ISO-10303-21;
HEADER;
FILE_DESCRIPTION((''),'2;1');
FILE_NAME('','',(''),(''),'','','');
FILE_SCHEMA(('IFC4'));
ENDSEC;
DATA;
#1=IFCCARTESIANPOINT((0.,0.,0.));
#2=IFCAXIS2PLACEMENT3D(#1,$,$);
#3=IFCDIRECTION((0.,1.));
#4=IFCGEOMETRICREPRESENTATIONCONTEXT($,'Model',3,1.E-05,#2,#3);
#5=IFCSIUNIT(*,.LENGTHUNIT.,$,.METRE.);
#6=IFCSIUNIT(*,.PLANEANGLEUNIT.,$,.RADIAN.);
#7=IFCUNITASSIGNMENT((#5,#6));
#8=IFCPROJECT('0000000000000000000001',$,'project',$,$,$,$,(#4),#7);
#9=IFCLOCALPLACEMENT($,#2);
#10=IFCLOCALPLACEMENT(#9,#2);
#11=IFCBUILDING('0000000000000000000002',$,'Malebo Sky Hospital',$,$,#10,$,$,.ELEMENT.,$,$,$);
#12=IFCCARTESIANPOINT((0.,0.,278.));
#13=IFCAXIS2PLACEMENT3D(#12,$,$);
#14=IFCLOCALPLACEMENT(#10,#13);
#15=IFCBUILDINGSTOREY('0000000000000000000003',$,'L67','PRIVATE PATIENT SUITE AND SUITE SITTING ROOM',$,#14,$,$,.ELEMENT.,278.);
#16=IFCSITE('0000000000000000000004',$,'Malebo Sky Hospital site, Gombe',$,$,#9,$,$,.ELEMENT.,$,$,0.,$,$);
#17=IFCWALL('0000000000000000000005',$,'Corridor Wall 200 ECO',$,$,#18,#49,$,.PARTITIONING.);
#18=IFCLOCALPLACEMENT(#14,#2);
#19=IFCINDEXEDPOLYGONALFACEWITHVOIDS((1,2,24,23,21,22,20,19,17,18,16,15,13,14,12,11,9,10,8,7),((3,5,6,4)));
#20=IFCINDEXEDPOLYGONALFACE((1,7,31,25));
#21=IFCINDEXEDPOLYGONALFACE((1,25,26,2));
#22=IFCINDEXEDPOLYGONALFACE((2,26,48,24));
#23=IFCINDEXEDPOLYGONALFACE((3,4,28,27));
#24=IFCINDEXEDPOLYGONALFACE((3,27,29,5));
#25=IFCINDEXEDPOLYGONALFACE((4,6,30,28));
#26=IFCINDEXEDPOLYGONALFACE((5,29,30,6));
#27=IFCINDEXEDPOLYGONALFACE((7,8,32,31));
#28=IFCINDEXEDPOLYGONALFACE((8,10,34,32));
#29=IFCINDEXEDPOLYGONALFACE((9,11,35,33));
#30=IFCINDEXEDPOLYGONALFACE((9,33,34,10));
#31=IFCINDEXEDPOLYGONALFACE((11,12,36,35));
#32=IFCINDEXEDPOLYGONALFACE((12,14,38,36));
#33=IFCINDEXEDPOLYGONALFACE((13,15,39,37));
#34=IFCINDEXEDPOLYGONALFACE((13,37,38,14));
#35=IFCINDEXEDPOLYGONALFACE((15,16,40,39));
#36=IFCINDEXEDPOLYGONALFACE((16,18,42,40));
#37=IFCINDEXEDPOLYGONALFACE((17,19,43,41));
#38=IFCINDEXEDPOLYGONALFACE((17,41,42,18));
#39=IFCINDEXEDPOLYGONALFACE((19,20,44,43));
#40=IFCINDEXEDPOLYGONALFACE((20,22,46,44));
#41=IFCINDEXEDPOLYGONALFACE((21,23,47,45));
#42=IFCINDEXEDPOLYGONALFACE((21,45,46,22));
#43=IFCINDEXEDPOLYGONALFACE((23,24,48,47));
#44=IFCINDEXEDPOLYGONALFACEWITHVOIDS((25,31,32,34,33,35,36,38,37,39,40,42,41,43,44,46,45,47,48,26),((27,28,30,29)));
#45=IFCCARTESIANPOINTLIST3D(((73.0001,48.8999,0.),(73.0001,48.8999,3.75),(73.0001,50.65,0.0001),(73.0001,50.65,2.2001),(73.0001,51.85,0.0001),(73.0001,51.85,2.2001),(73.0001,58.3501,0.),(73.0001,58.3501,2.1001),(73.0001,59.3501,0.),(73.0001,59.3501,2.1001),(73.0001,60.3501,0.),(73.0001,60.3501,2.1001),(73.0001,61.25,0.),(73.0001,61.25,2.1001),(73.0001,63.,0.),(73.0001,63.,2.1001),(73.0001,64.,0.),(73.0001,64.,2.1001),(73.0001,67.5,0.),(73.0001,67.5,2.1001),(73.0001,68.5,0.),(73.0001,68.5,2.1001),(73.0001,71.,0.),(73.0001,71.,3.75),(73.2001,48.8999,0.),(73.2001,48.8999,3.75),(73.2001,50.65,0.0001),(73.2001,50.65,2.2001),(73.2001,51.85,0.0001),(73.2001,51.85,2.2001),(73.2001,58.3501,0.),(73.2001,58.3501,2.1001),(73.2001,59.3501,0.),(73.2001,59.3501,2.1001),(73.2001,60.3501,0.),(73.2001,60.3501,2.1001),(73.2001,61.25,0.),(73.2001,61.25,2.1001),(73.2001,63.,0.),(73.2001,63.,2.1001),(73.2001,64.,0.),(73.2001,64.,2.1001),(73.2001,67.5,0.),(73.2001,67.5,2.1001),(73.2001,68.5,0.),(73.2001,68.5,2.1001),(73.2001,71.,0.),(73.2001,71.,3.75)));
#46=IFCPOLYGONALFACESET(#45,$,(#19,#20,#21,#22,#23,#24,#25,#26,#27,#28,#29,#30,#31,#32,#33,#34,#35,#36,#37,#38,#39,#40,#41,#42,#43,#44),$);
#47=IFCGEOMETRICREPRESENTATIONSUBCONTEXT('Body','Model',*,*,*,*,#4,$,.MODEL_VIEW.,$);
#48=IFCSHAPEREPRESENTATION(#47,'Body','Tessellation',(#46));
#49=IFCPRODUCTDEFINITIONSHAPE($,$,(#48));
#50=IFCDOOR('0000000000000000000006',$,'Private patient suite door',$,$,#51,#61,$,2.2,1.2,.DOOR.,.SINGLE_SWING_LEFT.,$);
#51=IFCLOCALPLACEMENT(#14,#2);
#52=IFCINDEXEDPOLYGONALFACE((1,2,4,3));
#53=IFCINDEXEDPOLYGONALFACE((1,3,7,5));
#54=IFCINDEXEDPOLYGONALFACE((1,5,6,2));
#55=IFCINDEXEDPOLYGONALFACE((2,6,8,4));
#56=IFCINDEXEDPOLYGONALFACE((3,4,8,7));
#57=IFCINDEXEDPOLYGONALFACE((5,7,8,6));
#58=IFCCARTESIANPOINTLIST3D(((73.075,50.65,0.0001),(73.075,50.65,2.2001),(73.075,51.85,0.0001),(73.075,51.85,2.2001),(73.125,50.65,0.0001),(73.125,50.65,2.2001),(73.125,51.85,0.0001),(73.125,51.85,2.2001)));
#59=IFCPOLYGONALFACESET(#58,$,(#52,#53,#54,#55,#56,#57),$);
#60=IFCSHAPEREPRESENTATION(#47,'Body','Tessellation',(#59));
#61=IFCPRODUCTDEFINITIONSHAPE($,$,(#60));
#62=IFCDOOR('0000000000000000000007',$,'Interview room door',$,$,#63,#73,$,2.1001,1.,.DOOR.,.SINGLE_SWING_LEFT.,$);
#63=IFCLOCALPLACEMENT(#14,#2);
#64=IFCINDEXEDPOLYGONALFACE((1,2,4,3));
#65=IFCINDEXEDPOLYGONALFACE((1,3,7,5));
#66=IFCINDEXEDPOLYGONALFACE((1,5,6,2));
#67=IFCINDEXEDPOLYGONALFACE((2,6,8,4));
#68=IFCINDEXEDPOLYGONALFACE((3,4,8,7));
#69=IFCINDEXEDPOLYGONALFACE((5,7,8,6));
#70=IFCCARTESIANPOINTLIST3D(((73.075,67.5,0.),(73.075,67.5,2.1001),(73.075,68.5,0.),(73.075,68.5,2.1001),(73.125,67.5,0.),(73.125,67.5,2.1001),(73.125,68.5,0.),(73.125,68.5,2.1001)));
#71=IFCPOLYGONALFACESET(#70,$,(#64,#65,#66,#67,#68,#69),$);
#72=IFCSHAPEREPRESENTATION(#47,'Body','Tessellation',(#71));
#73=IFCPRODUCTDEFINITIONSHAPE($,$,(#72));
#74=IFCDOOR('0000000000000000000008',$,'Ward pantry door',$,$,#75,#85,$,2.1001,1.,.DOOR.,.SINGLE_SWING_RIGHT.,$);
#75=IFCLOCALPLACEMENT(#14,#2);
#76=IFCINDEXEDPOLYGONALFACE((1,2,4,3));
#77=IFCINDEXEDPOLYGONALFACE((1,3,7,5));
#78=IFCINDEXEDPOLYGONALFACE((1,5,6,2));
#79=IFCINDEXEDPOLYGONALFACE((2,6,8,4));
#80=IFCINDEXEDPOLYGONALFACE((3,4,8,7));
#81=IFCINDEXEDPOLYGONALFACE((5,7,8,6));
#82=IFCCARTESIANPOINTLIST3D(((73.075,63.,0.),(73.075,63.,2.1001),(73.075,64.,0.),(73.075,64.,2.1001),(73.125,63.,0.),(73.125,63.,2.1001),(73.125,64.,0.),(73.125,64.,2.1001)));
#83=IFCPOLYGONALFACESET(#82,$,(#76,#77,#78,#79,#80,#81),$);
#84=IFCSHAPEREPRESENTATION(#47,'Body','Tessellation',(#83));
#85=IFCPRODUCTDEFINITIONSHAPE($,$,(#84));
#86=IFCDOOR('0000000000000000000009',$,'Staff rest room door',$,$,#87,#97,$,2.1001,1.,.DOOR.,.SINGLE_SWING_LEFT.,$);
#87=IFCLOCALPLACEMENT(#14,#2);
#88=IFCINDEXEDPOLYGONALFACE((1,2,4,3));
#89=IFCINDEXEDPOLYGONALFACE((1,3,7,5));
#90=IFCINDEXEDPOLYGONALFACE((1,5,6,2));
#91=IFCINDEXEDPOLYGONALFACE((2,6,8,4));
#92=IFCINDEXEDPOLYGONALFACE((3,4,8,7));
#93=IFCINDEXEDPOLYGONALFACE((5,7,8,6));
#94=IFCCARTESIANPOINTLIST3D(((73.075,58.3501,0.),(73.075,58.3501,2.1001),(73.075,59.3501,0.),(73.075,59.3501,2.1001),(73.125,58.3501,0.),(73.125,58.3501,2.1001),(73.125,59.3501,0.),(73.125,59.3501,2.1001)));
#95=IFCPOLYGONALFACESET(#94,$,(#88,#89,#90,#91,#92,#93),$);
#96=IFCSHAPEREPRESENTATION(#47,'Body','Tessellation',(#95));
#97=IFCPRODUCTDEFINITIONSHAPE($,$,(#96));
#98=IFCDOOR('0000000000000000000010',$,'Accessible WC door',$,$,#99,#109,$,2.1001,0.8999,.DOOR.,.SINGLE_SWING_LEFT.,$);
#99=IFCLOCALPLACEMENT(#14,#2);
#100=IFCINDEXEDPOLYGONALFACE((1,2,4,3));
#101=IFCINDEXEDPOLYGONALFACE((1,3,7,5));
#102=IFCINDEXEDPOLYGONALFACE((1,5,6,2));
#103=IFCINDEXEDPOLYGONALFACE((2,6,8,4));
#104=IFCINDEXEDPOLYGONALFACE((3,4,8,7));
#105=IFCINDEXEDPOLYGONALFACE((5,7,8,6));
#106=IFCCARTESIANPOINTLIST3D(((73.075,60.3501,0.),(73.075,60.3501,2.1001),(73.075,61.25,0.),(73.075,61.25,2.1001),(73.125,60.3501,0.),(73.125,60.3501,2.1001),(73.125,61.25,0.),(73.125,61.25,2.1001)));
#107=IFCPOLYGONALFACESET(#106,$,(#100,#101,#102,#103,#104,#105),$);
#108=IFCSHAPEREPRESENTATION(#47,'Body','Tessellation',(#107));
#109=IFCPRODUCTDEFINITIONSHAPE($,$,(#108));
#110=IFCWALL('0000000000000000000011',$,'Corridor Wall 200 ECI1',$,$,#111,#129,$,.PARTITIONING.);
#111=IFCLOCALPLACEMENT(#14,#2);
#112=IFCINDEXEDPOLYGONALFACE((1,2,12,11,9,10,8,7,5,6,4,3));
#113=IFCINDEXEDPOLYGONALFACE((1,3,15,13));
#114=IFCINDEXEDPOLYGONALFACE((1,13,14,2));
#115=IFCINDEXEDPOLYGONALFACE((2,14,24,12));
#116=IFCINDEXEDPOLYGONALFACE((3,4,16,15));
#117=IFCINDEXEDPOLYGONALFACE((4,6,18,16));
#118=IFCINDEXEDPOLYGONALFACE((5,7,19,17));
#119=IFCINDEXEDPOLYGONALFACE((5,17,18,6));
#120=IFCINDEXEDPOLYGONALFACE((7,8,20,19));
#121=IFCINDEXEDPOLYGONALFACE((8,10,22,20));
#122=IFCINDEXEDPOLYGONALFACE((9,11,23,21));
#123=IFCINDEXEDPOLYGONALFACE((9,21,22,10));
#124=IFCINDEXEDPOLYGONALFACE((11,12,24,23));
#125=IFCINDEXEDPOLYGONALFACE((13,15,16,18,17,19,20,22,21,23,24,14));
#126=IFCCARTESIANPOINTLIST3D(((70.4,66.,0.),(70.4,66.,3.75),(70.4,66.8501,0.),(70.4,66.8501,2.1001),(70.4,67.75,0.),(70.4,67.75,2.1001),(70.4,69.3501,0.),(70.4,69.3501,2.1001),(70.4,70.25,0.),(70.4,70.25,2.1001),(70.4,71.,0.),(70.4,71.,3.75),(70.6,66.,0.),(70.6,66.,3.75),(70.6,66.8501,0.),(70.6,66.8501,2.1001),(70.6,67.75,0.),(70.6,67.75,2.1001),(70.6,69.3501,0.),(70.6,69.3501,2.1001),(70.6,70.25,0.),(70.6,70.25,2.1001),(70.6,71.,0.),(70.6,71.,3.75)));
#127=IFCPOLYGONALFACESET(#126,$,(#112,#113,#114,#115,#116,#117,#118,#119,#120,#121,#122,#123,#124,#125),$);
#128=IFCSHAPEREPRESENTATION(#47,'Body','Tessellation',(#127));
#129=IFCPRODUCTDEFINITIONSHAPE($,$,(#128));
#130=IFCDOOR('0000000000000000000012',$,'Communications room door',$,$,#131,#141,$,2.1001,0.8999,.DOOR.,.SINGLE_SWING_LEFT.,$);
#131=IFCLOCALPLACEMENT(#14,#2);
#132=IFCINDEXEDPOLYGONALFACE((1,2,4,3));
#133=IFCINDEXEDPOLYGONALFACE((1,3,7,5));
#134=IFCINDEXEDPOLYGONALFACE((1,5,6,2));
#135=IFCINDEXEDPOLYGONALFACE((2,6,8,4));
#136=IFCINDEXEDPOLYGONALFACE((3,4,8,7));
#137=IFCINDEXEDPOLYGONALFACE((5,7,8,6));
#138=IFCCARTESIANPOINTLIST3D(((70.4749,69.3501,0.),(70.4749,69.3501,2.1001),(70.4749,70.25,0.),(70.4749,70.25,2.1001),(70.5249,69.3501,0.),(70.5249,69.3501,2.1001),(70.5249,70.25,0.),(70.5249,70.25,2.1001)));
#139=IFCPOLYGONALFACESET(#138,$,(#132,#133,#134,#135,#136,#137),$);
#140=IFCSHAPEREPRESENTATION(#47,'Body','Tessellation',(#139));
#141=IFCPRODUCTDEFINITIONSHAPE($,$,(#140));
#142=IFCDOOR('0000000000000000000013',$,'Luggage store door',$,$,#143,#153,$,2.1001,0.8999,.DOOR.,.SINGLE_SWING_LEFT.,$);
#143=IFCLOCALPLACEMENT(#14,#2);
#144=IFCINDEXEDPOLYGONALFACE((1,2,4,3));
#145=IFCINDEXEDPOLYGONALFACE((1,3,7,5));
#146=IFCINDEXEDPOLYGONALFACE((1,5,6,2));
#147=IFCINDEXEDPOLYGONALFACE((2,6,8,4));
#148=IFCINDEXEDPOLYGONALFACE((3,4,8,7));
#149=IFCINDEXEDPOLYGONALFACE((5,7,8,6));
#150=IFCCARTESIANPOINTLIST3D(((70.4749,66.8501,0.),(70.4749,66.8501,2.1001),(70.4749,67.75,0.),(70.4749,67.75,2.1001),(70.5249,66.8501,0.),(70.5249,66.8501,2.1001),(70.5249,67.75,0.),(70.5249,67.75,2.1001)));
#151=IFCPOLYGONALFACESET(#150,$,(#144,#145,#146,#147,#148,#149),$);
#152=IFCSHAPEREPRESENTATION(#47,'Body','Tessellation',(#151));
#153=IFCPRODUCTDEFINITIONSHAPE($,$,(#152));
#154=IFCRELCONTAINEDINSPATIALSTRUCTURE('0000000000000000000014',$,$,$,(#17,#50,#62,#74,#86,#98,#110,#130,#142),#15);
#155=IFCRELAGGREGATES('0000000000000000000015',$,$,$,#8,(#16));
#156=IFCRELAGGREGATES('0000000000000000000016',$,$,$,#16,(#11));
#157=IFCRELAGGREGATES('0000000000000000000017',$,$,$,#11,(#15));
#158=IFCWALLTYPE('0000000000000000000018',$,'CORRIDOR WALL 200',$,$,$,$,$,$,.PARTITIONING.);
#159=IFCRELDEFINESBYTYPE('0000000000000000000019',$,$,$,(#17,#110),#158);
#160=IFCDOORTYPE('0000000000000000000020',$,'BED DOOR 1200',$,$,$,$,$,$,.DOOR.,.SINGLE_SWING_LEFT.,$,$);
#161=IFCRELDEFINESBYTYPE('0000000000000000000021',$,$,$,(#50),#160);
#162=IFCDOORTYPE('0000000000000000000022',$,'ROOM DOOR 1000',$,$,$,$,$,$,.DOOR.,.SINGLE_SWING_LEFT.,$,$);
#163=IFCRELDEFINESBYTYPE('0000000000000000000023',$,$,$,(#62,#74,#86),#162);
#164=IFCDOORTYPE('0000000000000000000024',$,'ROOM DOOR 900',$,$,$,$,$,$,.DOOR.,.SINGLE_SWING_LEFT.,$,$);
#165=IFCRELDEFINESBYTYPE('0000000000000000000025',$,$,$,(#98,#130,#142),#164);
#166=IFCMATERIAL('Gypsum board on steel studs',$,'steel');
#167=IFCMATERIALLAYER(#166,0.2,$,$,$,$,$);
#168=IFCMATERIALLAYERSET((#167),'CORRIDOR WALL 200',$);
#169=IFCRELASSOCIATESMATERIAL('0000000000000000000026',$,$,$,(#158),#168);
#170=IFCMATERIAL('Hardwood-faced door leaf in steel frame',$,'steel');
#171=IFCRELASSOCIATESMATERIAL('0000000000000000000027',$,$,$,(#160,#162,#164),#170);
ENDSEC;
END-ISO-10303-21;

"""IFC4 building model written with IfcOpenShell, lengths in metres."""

from ifc_helpers import new_model, si_unit, direction, frame, frame_2d, origin, place, context, subcontext, project, spatial, rectangle, extrude, material, layer, layer_set, type_object, element, fill, save


model = new_model("IFC4")

# Units and contexts
model_context = context("Model", 3, precision=1e-05, world=origin(), true_north=direction((0.0, 1.0)))
body_context = subcontext(model_context, "Body", "Model", "MODEL_VIEW")
ifc_project = project(units=[si_unit("LENGTHUNIT", "METRE"), si_unit("PLANEANGLEUNIT", "RADIAN")], contexts=[model_context])

# Site, building, storey
site_placement = place(None, origin())
site = spatial("IfcSite", under=ifc_project, at=site_placement, Name="Malebo Sky Hospital site, Gombe", CompositionType="ELEMENT", RefElevation=0.0)
building_placement = place(site_placement, origin())
building = spatial("IfcBuilding", under=site, at=building_placement, Name="Malebo Sky Hospital", CompositionType="ELEMENT")
storey_placement = place(building_placement, frame((0.0, 0.0, 278.0)))
storey = spatial("IfcBuildingStorey", under=building, at=storey_placement, Name="L67", Description="PRIVATE PATIENT SUITE AND SUITE SITTING ROOM", CompositionType="ELEMENT", Elevation=278.0)

# Walls, openings, doors
ifc_material_1 = material(Name="Gypsum board on steel studs", Category="steel")
ifc_layer_1 = layer(ifc_material_1, 0.2)
ifc_layer_set_1 = layer_set([ifc_layer_1], Name="CORRIDOR WALL 200")
wall_type_1 = type_object("IfcWallType", Name="CORRIDOR WALL 200", PredefinedType="PARTITIONING", material=ifc_layer_set_1)
wall_1_placement = place(storey_placement, frame((73.1001, 71.0, 0.0), z_axis=(0.0, 0.0, 1.0), x_axis=(0.0, -1.0, 0.0)))
wall_1 = element("IfcWall", 1, at=wall_1_placement, inside=storey, type_object=wall_type_1, Name="Corridor Wall 200 ECO", PredefinedType="PARTITIONING", context=body_context, shape_type="SweptSolid", body=[
    extrude(rectangle(XDim=22.1001, YDim=0.2, at=frame_2d((11.05, 0.0))), origin(), (0.0, 0.0, 1.0), 3.75),
])
opening_1_placement = place(wall_1_placement, frame((2.5, 0.0, 0.0)))
opening_1 = element("IfcOpeningElement", 2, at=opening_1_placement, cuts=wall_1, PredefinedType="OPENING", context=body_context, shape_type="SweptSolid", body=[
    extrude(rectangle(XDim=1.0, YDim=2.1001, at=frame_2d((0.5, 1.05))), frame((0.0, 0.1099, 0.0), z_axis=(0.0, -1.0, 0.0), x_axis=(1.0, 0.0, 0.0)), (0.0, 0.0, 1.0), 0.22),
])
opening_2_placement = place(wall_1_placement, frame((7.0, 0.0, 0.0)))
opening_2 = element("IfcOpeningElement", 3, at=opening_2_placement, cuts=wall_1, PredefinedType="OPENING", context=body_context, shape_type="SweptSolid", body=[
    extrude(rectangle(XDim=1.0, YDim=2.1001, at=frame_2d((0.5, 1.05))), frame((0.0, 0.1099, 0.0), z_axis=(0.0, -1.0, 0.0), x_axis=(1.0, 0.0, 0.0)), (0.0, 0.0, 1.0), 0.22),
])
opening_3_placement = place(wall_1_placement, frame((9.75, 0.0, 0.0)))
opening_3 = element("IfcOpeningElement", 4, at=opening_3_placement, cuts=wall_1, PredefinedType="OPENING", context=body_context, shape_type="SweptSolid", body=[
    extrude(rectangle(XDim=0.8999, YDim=2.1001, at=frame_2d((0.45, 1.05))), frame((0.0, 0.1099, 0.0), z_axis=(0.0, -1.0, 0.0), x_axis=(1.0, 0.0, 0.0)), (0.0, 0.0, 1.0), 0.22),
])
opening_4_placement = place(wall_1_placement, frame((11.6499, 0.0, 0.0)))
opening_4 = element("IfcOpeningElement", 5, at=opening_4_placement, cuts=wall_1, PredefinedType="OPENING", context=body_context, shape_type="SweptSolid", body=[
    extrude(rectangle(XDim=1.0, YDim=2.1001, at=frame_2d((0.5, 1.05))), frame((0.0, 0.1099, 0.0), z_axis=(0.0, -1.0, 0.0), x_axis=(1.0, 0.0, 0.0)), (0.0, 0.0, 1.0), 0.22),
])
opening_5_placement = place(wall_1_placement, frame((19.1499, 0.0, 0.0)))
opening_5 = element("IfcOpeningElement", 6, at=opening_5_placement, cuts=wall_1, PredefinedType="OPENING", context=body_context, shape_type="SweptSolid", body=[
    extrude(rectangle(XDim=1.2, YDim=2.2, at=frame_2d((0.6001, 1.1001))), frame((0.0, 0.1099, 0.0), z_axis=(0.0, -1.0, 0.0), x_axis=(1.0, 0.0, 0.0)), (0.0, 0.0, 1.0), 0.22),
])
ifc_material_2 = material(Name="Hardwood-faced door leaf in steel frame", Category="steel")
door_type_1 = type_object("IfcDoorType", Name="BED DOOR 1200", OperationType="SINGLE_SWING_LEFT", PredefinedType="DOOR", material=ifc_material_2)
door_1_placement = place(opening_5_placement, origin())
door_1 = element("IfcDoor", 7, at=door_1_placement, inside=storey, type_object=door_type_1, Name="Private patient suite door", OperationType="SINGLE_SWING_LEFT", OverallHeight=2.2, OverallWidth=1.2, PredefinedType="DOOR", context=body_context, shape_type="SweptSolid", body=[
    extrude(rectangle(XDim=1.2, YDim=2.2, at=frame_2d((0.6001, 1.1001))), frame((0.0, 0.0249, 0.0), z_axis=(0.0, -1.0, 0.0), x_axis=(1.0, 0.0, 0.0)), (0.0, 0.0, 1.0), 0.05),
])
fill(opening_5, door_1)
door_type_2 = type_object("IfcDoorType", Name="ROOM DOOR 1000", OperationType="SINGLE_SWING_LEFT", PredefinedType="DOOR", material=ifc_material_2)
door_2_placement = place(opening_1_placement, origin())
door_2 = element("IfcDoor", 8, at=door_2_placement, inside=storey, type_object=door_type_2, Name="Interview room door", OperationType="SINGLE_SWING_LEFT", OverallHeight=2.1001, OverallWidth=1.0, PredefinedType="DOOR", context=body_context, shape_type="SweptSolid", body=[
    extrude(rectangle(XDim=1.0, YDim=2.1001, at=frame_2d((0.5, 1.05))), frame((0.0, 0.0249, 0.0), z_axis=(0.0, -1.0, 0.0), x_axis=(1.0, 0.0, 0.0)), (0.0, 0.0, 1.0), 0.05),
])
fill(opening_1, door_2)
door_3_placement = place(opening_2_placement, origin())
door_3 = element("IfcDoor", 9, at=door_3_placement, inside=storey, type_object=door_type_2, Name="Ward pantry door", OperationType="SINGLE_SWING_RIGHT", OverallHeight=2.1001, OverallWidth=1.0, PredefinedType="DOOR", context=body_context, shape_type="SweptSolid", body=[
    extrude(rectangle(XDim=1.0, YDim=2.1001, at=frame_2d((0.5, 1.05))), frame((0.0, 0.0249, 0.0), z_axis=(0.0, -1.0, 0.0), x_axis=(1.0, 0.0, 0.0)), (0.0, 0.0, 1.0), 0.05),
])
fill(opening_2, door_3)
door_4_placement = place(opening_4_placement, origin())
door_4 = element("IfcDoor", 10, at=door_4_placement, inside=storey, type_object=door_type_2, Name="Staff rest room door", OperationType="SINGLE_SWING_LEFT", OverallHeight=2.1001, OverallWidth=1.0, PredefinedType="DOOR", context=body_context, shape_type="SweptSolid", body=[
    extrude(rectangle(XDim=1.0, YDim=2.1001, at=frame_2d((0.5, 1.05))), frame((0.0, 0.0249, 0.0), z_axis=(0.0, -1.0, 0.0), x_axis=(1.0, 0.0, 0.0)), (0.0, 0.0, 1.0), 0.05),
])
fill(opening_4, door_4)
door_type_3 = type_object("IfcDoorType", Name="ROOM DOOR 900", OperationType="SINGLE_SWING_LEFT", PredefinedType="DOOR", material=ifc_material_2)
door_5_placement = place(opening_3_placement, origin())
door_5 = element("IfcDoor", 11, at=door_5_placement, inside=storey, type_object=door_type_3, Name="Accessible WC door", OperationType="SINGLE_SWING_LEFT", OverallHeight=2.1001, OverallWidth=0.8999, PredefinedType="DOOR", context=body_context, shape_type="SweptSolid", body=[
    extrude(rectangle(XDim=0.8999, YDim=2.1001, at=frame_2d((0.45, 1.05))), frame((0.0, 0.0249, 0.0), z_axis=(0.0, -1.0, 0.0), x_axis=(1.0, 0.0, 0.0)), (0.0, 0.0, 1.0), 0.05),
])
fill(opening_3, door_5)
wall_2_placement = place(storey_placement, frame((70.5, 71.0, 0.0), z_axis=(0.0, 0.0, 1.0), x_axis=(0.0, -1.0, 0.0)))
wall_2 = element("IfcWall", 12, at=wall_2_placement, inside=storey, type_object=wall_type_1, Name="Corridor Wall 200 ECI1", PredefinedType="PARTITIONING", context=body_context, shape_type="SweptSolid", body=[
    extrude(rectangle(XDim=5.0, YDim=0.2, at=frame_2d((2.5, 0.0))), origin(), (0.0, 0.0, 1.0), 3.75),
])
opening_6_placement = place(wall_2_placement, frame((0.75, 0.0, 0.0)))
opening_6 = element("IfcOpeningElement", 13, at=opening_6_placement, cuts=wall_2, PredefinedType="OPENING", context=body_context, shape_type="SweptSolid", body=[
    extrude(rectangle(XDim=0.8999, YDim=2.1001, at=frame_2d((0.45, 1.05))), frame((0.0, 0.1099, 0.0), z_axis=(0.0, -1.0, 0.0), x_axis=(1.0, 0.0, 0.0)), (0.0, 0.0, 1.0), 0.22),
])
opening_7_placement = place(wall_2_placement, frame((3.25, 0.0, 0.0)))
opening_7 = element("IfcOpeningElement", 14, at=opening_7_placement, cuts=wall_2, PredefinedType="OPENING", context=body_context, shape_type="SweptSolid", body=[
    extrude(rectangle(XDim=0.8999, YDim=2.1001, at=frame_2d((0.45, 1.05))), frame((0.0, 0.1099, 0.0), z_axis=(0.0, -1.0, 0.0), x_axis=(1.0, 0.0, 0.0)), (0.0, 0.0, 1.0), 0.22),
])
door_6_placement = place(opening_6_placement, origin())
door_6 = element("IfcDoor", 15, at=door_6_placement, inside=storey, type_object=door_type_3, Name="Communications room door", OperationType="SINGLE_SWING_LEFT", OverallHeight=2.1001, OverallWidth=0.8999, PredefinedType="DOOR", context=body_context, shape_type="SweptSolid", body=[
    extrude(rectangle(XDim=0.8999, YDim=2.1001, at=frame_2d((0.45, 1.05))), frame((0.0, 0.0249, 0.0), z_axis=(0.0, -1.0, 0.0), x_axis=(1.0, 0.0, 0.0)), (0.0, 0.0, 1.0), 0.05),
])
fill(opening_6, door_6)
door_7_placement = place(opening_7_placement, origin())
door_7 = element("IfcDoor", 16, at=door_7_placement, inside=storey, type_object=door_type_3, Name="Luggage store door", OperationType="SINGLE_SWING_LEFT", OverallHeight=2.1001, OverallWidth=0.8999, PredefinedType="DOOR", context=body_context, shape_type="SweptSolid", body=[
    extrude(rectangle(XDim=0.8999, YDim=2.1001, at=frame_2d((0.45, 1.05))), frame((0.0, 0.0249, 0.0), z_axis=(0.0, -1.0, 0.0), x_axis=(1.0, 0.0, 0.0)), (0.0, 0.0, 1.0), 0.05),
])
fill(opening_7, door_7)

save(model, "model.ifc")
